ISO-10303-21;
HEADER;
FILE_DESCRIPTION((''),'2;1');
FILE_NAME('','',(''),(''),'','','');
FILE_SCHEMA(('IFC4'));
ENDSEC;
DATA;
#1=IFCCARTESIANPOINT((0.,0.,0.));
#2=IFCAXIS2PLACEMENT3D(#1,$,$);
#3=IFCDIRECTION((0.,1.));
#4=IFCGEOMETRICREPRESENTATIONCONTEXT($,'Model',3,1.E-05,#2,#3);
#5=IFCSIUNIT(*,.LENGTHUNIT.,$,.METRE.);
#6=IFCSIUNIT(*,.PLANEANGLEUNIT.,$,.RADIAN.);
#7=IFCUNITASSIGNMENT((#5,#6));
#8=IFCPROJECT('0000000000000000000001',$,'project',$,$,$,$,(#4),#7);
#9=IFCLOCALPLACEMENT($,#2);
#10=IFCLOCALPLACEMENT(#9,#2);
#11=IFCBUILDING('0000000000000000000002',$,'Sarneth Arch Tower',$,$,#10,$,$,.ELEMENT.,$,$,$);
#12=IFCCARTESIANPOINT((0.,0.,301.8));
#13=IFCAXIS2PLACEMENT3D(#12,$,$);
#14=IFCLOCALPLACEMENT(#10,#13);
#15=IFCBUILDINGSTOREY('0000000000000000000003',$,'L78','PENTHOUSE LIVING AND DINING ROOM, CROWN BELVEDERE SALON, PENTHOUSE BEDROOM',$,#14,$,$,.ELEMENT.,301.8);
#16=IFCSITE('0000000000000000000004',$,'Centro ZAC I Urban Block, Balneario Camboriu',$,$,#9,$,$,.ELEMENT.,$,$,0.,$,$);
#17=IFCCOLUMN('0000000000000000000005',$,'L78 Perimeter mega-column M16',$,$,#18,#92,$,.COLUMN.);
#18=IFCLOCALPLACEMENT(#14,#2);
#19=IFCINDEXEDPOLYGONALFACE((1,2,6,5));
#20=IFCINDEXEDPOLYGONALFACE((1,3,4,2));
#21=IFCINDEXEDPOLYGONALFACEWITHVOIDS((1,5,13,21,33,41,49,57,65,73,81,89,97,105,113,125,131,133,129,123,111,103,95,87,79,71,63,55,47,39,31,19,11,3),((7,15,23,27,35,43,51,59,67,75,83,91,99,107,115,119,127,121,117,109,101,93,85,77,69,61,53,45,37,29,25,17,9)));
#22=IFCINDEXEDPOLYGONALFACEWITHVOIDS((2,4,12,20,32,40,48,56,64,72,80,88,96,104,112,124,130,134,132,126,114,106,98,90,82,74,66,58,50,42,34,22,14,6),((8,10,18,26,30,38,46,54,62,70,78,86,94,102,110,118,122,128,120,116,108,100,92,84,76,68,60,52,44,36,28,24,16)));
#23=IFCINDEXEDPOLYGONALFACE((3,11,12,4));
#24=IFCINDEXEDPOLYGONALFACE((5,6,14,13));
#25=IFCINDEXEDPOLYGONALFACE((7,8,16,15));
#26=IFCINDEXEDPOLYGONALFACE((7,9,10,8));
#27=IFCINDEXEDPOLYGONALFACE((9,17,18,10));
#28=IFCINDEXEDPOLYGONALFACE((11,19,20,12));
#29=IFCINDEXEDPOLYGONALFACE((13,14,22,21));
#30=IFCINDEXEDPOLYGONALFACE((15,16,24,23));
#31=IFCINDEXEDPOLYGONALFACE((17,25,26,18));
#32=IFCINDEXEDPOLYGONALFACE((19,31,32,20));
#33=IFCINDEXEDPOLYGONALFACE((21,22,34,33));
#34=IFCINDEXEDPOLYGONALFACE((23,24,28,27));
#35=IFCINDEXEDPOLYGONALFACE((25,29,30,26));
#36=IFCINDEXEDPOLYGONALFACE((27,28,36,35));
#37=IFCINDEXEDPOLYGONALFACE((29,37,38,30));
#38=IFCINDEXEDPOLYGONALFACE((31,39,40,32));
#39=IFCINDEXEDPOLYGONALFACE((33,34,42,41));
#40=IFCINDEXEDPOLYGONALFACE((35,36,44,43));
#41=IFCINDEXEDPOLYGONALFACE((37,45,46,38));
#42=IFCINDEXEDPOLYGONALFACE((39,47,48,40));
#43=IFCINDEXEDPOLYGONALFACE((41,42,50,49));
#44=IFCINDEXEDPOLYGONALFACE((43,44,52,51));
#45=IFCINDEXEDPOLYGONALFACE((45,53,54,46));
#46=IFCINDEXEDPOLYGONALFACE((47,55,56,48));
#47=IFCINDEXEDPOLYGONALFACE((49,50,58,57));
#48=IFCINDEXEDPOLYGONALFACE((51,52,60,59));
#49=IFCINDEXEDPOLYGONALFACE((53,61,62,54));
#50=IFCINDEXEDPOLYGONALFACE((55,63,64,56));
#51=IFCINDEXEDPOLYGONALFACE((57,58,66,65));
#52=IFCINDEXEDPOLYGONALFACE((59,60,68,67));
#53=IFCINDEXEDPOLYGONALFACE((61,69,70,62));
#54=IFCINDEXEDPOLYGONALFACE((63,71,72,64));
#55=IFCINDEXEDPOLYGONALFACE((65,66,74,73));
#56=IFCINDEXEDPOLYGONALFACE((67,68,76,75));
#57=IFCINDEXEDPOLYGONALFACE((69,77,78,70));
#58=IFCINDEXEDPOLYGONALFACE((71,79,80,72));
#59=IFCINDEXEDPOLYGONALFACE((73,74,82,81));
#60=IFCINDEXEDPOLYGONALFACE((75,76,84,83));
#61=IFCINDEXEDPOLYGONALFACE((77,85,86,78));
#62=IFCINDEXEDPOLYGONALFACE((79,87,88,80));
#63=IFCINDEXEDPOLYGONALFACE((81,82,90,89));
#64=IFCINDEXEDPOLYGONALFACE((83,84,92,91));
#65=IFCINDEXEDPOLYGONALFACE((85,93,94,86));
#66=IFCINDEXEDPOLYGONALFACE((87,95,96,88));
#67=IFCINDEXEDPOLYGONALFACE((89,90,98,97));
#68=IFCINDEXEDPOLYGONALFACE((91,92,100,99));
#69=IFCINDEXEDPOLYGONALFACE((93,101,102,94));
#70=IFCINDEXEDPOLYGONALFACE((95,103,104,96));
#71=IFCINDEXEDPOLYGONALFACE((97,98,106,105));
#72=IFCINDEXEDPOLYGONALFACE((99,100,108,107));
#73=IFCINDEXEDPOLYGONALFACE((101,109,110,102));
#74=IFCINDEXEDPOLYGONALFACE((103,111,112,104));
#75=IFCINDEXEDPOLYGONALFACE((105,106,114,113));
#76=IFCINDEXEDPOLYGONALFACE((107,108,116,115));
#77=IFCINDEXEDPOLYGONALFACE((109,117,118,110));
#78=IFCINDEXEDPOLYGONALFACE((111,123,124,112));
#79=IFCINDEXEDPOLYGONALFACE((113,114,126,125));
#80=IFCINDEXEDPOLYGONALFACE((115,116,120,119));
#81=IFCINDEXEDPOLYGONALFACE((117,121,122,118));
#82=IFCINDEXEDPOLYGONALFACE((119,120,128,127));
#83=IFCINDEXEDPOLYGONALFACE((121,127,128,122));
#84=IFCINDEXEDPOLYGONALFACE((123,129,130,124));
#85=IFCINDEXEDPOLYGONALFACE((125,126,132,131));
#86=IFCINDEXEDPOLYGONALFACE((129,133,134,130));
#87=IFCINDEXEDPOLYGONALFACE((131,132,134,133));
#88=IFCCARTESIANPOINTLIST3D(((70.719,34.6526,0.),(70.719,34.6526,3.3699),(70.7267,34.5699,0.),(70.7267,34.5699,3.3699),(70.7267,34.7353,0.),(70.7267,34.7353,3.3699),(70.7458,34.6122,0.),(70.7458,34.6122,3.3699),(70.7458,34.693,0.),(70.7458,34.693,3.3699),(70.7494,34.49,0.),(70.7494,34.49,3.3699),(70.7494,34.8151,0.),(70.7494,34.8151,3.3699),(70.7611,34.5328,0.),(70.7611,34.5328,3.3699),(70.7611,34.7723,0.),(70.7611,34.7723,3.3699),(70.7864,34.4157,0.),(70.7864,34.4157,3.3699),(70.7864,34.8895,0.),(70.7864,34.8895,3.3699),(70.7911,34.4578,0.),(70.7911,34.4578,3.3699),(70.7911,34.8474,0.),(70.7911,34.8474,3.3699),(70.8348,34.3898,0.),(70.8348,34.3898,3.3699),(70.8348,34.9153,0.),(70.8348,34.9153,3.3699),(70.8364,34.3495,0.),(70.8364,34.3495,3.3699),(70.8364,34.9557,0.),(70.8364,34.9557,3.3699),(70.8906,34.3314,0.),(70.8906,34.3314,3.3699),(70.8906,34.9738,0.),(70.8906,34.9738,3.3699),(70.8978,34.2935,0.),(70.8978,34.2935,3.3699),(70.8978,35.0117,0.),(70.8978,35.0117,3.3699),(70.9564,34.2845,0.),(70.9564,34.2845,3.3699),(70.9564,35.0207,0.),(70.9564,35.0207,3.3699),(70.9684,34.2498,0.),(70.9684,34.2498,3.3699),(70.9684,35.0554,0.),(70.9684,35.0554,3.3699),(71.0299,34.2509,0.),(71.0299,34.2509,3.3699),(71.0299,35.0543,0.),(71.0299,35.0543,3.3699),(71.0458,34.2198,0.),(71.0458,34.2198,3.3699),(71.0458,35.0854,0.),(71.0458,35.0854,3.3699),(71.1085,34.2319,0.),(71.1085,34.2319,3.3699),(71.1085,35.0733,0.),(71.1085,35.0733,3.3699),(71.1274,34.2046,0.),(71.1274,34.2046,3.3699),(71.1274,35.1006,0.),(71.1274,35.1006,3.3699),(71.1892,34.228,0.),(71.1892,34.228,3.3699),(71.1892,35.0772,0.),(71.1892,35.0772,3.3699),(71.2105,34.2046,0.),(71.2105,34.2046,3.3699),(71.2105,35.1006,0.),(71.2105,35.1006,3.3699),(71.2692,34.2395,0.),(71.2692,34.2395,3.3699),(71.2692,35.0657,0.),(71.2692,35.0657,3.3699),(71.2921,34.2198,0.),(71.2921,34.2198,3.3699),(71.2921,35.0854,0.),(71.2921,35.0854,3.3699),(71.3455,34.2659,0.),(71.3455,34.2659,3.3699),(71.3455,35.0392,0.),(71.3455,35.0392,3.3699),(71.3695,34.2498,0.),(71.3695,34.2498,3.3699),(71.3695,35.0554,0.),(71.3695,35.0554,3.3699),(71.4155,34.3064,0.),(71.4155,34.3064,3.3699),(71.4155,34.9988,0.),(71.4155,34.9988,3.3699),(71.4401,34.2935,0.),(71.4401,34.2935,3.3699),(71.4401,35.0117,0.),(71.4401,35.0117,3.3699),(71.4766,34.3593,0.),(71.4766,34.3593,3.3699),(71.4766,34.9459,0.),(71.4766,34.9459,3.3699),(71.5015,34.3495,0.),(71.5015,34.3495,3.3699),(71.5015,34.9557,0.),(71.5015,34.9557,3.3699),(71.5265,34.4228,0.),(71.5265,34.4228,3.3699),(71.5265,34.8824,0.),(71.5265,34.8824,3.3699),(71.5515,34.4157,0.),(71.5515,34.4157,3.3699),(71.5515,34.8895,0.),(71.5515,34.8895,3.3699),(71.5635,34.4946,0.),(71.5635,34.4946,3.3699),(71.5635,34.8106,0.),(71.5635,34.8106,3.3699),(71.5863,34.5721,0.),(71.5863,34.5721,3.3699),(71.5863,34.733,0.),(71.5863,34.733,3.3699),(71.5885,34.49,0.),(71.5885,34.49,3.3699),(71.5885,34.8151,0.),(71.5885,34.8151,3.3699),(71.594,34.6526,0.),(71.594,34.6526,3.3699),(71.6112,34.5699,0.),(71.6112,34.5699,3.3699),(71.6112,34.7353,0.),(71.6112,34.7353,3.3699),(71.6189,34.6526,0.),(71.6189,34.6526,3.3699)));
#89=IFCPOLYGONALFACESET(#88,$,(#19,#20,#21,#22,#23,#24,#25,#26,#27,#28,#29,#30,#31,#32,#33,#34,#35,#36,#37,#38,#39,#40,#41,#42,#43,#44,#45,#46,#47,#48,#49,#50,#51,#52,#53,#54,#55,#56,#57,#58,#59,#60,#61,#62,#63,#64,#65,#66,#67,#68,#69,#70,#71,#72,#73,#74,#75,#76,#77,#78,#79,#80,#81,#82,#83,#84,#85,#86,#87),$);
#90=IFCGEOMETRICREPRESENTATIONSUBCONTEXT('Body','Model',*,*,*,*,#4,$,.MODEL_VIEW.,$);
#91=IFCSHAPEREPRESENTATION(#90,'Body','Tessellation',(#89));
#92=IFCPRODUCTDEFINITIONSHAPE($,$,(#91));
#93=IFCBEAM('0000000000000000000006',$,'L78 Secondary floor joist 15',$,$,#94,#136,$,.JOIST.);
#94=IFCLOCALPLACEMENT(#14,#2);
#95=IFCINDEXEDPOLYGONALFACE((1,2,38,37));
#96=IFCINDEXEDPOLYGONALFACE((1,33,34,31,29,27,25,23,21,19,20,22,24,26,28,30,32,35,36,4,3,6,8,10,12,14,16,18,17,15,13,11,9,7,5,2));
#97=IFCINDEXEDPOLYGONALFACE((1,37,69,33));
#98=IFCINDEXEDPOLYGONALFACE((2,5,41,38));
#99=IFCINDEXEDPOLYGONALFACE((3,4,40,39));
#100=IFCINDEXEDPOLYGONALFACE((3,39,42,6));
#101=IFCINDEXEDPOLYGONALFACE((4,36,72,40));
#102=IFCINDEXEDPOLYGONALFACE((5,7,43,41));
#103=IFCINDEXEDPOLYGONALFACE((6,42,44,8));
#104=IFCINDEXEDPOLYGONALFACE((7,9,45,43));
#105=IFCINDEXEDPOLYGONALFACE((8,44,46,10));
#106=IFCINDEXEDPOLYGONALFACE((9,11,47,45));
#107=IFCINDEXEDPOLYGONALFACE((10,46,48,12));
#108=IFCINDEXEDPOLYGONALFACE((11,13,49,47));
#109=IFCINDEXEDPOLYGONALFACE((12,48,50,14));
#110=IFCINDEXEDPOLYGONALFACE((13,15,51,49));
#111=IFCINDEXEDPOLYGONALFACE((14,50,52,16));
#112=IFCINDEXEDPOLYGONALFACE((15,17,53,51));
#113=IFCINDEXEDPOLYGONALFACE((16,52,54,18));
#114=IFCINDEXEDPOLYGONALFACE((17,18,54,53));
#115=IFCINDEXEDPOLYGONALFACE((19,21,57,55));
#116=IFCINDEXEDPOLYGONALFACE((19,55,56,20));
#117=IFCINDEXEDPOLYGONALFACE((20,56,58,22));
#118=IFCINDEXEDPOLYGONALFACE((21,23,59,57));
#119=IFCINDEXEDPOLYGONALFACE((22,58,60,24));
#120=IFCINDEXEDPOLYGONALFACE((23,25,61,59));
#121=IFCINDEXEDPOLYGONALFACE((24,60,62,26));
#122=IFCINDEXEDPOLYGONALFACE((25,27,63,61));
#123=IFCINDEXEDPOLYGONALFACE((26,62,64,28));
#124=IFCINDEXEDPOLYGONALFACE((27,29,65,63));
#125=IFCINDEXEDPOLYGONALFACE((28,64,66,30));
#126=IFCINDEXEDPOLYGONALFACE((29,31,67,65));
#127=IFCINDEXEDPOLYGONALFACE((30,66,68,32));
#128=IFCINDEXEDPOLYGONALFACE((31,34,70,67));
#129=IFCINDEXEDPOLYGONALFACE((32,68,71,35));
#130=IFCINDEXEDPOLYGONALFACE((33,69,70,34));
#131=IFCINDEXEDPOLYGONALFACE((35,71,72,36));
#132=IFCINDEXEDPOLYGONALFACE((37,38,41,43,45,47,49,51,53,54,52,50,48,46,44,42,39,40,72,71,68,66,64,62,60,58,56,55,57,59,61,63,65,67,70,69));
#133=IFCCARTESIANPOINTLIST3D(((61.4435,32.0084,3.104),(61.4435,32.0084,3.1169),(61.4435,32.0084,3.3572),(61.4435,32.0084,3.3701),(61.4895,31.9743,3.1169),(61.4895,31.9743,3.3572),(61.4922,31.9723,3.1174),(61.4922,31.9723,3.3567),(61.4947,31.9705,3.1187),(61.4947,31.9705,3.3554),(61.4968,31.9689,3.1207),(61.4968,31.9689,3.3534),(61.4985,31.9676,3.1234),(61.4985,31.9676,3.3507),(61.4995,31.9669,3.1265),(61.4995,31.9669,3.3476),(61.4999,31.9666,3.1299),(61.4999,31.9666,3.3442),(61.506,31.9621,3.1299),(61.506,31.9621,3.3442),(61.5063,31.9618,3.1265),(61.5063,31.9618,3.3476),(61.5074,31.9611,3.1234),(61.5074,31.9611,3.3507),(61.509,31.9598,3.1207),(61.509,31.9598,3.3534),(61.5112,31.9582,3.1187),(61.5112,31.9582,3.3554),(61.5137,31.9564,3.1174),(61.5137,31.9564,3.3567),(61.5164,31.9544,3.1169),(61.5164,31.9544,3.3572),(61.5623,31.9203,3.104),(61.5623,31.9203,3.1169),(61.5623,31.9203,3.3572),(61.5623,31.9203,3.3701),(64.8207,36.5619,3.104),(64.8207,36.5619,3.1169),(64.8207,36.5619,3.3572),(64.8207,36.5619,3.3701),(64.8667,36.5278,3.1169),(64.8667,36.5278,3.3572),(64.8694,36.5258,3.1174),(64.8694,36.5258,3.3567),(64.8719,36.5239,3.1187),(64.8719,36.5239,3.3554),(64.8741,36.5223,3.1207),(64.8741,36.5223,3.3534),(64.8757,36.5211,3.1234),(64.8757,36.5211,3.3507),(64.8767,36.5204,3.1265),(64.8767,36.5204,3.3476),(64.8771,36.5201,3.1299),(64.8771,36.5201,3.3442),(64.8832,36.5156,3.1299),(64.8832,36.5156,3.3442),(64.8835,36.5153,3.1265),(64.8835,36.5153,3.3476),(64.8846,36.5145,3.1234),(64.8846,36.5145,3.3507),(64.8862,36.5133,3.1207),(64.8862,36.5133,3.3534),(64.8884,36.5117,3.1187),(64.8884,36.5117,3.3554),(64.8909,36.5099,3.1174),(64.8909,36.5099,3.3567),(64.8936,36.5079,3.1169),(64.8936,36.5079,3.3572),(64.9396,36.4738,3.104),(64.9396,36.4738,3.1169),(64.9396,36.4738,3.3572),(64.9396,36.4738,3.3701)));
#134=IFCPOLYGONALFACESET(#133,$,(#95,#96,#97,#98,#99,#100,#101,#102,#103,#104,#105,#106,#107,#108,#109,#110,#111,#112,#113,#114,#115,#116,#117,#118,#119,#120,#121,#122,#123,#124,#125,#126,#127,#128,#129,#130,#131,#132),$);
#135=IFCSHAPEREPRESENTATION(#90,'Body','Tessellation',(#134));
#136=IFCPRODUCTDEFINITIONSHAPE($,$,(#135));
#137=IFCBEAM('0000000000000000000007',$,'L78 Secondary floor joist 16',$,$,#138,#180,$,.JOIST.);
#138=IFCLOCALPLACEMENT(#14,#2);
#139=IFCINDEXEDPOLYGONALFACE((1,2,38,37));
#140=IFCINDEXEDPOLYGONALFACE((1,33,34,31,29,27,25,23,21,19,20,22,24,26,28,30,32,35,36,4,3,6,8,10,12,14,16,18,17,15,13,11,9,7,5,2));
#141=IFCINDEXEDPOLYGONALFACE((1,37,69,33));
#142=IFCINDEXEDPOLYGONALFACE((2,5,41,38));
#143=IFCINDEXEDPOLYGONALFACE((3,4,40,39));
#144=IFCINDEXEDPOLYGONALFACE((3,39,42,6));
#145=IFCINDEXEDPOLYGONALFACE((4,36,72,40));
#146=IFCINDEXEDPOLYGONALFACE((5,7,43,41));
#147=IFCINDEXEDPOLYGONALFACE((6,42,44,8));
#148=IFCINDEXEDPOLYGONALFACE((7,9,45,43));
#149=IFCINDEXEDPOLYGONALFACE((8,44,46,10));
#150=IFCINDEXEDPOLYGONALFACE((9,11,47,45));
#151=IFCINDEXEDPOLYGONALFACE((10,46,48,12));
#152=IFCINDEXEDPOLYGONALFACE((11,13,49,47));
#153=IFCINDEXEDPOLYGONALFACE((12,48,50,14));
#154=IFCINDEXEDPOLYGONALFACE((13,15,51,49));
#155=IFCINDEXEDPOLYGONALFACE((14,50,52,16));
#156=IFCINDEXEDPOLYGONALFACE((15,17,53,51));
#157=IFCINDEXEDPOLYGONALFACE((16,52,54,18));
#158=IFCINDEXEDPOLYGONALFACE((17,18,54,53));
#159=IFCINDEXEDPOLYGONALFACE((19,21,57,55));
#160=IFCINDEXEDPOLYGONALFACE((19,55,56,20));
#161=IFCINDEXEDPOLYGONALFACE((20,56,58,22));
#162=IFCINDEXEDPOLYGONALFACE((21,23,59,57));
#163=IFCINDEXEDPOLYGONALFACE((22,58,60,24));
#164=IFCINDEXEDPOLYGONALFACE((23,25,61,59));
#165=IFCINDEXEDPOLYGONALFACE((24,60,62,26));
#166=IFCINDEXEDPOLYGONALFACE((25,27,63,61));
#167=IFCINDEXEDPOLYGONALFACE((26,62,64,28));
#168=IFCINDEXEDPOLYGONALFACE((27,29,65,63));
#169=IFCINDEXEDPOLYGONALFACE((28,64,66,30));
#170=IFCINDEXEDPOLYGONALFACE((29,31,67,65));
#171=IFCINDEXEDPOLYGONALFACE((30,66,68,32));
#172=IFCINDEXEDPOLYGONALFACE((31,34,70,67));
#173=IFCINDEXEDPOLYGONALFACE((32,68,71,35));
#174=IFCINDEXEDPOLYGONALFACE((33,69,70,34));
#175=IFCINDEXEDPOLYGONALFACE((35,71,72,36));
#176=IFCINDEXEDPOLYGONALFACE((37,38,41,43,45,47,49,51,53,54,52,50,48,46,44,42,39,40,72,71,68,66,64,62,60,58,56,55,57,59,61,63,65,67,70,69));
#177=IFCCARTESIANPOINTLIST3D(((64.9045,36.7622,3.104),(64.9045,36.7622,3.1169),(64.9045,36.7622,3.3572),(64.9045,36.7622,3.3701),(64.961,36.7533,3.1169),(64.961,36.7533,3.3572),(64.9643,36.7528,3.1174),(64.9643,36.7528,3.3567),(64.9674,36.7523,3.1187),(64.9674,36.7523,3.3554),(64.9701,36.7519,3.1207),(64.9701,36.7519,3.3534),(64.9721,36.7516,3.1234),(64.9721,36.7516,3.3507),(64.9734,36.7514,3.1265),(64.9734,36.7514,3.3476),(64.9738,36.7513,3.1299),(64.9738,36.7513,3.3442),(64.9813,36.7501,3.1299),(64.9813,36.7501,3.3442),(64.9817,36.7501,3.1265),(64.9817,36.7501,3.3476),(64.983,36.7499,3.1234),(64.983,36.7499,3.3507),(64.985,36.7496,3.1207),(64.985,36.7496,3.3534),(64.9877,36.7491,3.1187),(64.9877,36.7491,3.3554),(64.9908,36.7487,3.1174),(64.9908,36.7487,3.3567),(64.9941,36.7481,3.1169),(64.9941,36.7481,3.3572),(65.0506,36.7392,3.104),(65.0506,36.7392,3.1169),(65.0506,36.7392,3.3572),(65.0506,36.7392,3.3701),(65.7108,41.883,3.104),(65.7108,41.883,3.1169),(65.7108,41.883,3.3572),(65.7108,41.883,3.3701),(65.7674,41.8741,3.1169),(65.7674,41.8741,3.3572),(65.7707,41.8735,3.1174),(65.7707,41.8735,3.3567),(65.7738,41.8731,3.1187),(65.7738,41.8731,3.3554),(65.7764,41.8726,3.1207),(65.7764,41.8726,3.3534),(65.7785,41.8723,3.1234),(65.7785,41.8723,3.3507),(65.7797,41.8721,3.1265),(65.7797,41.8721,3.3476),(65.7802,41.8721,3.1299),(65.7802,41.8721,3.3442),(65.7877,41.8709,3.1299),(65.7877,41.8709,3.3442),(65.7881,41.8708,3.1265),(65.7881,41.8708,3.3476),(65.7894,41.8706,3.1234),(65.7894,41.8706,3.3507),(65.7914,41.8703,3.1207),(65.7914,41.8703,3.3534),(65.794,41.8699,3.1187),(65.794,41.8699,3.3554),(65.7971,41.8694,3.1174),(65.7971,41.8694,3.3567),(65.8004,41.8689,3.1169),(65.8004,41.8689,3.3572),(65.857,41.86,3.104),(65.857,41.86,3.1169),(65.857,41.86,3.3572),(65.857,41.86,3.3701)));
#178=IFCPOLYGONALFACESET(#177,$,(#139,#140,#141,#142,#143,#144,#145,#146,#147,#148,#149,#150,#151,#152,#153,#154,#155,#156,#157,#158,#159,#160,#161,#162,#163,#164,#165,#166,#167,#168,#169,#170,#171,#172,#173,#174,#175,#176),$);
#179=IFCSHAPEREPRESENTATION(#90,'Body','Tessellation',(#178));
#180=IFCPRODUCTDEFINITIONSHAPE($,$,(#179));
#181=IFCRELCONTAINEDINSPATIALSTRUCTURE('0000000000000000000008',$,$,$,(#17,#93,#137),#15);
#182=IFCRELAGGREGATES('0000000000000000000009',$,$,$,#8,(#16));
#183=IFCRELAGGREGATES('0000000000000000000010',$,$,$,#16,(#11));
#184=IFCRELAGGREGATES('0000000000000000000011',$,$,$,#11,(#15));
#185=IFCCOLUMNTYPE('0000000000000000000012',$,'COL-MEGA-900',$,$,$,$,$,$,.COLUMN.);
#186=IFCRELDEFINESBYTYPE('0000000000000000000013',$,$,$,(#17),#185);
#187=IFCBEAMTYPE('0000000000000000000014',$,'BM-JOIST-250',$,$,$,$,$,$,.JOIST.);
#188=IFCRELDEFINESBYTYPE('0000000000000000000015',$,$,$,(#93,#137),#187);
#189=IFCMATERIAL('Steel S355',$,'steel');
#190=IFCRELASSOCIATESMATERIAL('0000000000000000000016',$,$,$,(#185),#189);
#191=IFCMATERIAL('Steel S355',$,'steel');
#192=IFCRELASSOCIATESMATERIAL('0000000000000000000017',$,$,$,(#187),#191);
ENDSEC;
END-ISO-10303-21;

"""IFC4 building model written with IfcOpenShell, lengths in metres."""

from ifc_helpers import new_model, si_unit, direction, frame, origin, origin_2d, place, context, subcontext, project, spatial, hollow_circle, i_section, extrude, material, material_profile, profile_set, type_object, element, save


model = new_model("IFC4")

# Units and contexts
model_context = context("Model", 3, precision=1e-05, world=origin(), true_north=direction((0.0, 1.0)))
body_context = subcontext(model_context, "Body", "Model", "MODEL_VIEW")
ifc_project = project(units=[si_unit("LENGTHUNIT", "METRE"), si_unit("PLANEANGLEUNIT", "RADIAN")], contexts=[model_context])

# Site, building, storey
site_placement = place(None, origin())
site = spatial("IfcSite", under=ifc_project, at=site_placement, Name="Centro ZAC I Urban Block, Balneario Camboriu", CompositionType="ELEMENT", RefElevation=0.0)
building_placement = place(site_placement, origin())
building = spatial("IfcBuilding", under=site, at=building_placement, Name="Sarneth Arch Tower", CompositionType="ELEMENT")
storey_placement = place(building_placement, frame((0.0, 0.0, 301.8)))
storey = spatial("IfcBuildingStorey", under=building, at=storey_placement, Name="L78", Description="PENTHOUSE LIVING AND DINING ROOM, CROWN BELVEDERE SALON, PENTHOUSE BEDROOM", CompositionType="ELEMENT", Elevation=301.8)

# Column
ifc_material_1 = material(Name="Steel S355", Category="steel")
ifc_material_profile_1 = material_profile(ifc_material_1, hollow_circle(Radius=0.45, WallThickness=0.0249, at=origin_2d()), Name="CHS900x25")
ifc_profile_set_1 = profile_set([ifc_material_profile_1], Name="Steel S355")
column_type = type_object("IfcColumnType", Name="COL-MEGA-900", PredefinedType="COLUMN", material=ifc_profile_set_1)
column_placement = place(storey_placement, frame((71.1689, 34.6526, 0.0), z_axis=(0.0, 0.0, 1.0), x_axis=(1.0, 0.0, 0.0)))
element("IfcColumn", 1, at=column_placement, inside=storey, type_object=column_type, Name="L78 Perimeter mega-column M16", PredefinedType="COLUMN", context=body_context, shape_type="SweptSolid", body=[
    extrude(hollow_circle(Radius=0.45, WallThickness=0.0249, at=origin_2d()), origin(), (0.0, 0.0, 1.0), 3.3699),
])

# Beams
ifc_material_2 = material(Name="Steel S355", Category="steel")
ifc_material_profile_2 = material_profile(ifc_material_2, i_section(OverallWidth=0.1479, OverallDepth=0.2661, WebThickness=0.0076, FlangeThickness=0.0129, FilletRadius=0.0129, at=origin_2d()), Name="W250x44.8")
ifc_profile_set_2 = profile_set([ifc_material_profile_2], Name="Steel S355")
beam_type_1 = type_object("IfcBeamType", Name="BM-JOIST-250", PredefinedType="JOIST", material=ifc_profile_set_2)
beam_1_placement = place(storey_placement, frame((61.5029, 31.9644, 3.2371), z_axis=(0.595713, 0.803198, 0.0), x_axis=(-0.803198, 0.595713, 0.0)))
element("IfcBeam", 2, at=beam_1_placement, inside=storey, type_object=beam_type_1, Name="L78 Secondary floor joist 15", PredefinedType="JOIST", context=body_context, shape_type="SweptSolid", body=[
    extrude(i_section(OverallWidth=0.1479, OverallDepth=0.2661, WebThickness=0.0076, FlangeThickness=0.0129, FilletRadius=0.0129, at=origin_2d()), origin(), (0.0, 0.0, 1.0), 5.6692),
])
beam_2_placement = place(storey_placement, frame((64.9775, 36.7507, 3.2371), z_axis=(0.155556, 0.987827, 0.0), x_axis=(-0.987827, 0.155556, 0.0)))
element("IfcBeam", 3, at=beam_2_placement, inside=storey, type_object=beam_type_1, Name="L78 Secondary floor joist 16", PredefinedType="JOIST", context=body_context, shape_type="SweptSolid", body=[
    extrude(i_section(OverallWidth=0.1479, OverallDepth=0.2661, WebThickness=0.0076, FlangeThickness=0.0129, FilletRadius=0.0129, at=origin_2d()), origin(), (0.0, 0.0, 1.0), 5.1838),
])

save(model, "model.ifc")
